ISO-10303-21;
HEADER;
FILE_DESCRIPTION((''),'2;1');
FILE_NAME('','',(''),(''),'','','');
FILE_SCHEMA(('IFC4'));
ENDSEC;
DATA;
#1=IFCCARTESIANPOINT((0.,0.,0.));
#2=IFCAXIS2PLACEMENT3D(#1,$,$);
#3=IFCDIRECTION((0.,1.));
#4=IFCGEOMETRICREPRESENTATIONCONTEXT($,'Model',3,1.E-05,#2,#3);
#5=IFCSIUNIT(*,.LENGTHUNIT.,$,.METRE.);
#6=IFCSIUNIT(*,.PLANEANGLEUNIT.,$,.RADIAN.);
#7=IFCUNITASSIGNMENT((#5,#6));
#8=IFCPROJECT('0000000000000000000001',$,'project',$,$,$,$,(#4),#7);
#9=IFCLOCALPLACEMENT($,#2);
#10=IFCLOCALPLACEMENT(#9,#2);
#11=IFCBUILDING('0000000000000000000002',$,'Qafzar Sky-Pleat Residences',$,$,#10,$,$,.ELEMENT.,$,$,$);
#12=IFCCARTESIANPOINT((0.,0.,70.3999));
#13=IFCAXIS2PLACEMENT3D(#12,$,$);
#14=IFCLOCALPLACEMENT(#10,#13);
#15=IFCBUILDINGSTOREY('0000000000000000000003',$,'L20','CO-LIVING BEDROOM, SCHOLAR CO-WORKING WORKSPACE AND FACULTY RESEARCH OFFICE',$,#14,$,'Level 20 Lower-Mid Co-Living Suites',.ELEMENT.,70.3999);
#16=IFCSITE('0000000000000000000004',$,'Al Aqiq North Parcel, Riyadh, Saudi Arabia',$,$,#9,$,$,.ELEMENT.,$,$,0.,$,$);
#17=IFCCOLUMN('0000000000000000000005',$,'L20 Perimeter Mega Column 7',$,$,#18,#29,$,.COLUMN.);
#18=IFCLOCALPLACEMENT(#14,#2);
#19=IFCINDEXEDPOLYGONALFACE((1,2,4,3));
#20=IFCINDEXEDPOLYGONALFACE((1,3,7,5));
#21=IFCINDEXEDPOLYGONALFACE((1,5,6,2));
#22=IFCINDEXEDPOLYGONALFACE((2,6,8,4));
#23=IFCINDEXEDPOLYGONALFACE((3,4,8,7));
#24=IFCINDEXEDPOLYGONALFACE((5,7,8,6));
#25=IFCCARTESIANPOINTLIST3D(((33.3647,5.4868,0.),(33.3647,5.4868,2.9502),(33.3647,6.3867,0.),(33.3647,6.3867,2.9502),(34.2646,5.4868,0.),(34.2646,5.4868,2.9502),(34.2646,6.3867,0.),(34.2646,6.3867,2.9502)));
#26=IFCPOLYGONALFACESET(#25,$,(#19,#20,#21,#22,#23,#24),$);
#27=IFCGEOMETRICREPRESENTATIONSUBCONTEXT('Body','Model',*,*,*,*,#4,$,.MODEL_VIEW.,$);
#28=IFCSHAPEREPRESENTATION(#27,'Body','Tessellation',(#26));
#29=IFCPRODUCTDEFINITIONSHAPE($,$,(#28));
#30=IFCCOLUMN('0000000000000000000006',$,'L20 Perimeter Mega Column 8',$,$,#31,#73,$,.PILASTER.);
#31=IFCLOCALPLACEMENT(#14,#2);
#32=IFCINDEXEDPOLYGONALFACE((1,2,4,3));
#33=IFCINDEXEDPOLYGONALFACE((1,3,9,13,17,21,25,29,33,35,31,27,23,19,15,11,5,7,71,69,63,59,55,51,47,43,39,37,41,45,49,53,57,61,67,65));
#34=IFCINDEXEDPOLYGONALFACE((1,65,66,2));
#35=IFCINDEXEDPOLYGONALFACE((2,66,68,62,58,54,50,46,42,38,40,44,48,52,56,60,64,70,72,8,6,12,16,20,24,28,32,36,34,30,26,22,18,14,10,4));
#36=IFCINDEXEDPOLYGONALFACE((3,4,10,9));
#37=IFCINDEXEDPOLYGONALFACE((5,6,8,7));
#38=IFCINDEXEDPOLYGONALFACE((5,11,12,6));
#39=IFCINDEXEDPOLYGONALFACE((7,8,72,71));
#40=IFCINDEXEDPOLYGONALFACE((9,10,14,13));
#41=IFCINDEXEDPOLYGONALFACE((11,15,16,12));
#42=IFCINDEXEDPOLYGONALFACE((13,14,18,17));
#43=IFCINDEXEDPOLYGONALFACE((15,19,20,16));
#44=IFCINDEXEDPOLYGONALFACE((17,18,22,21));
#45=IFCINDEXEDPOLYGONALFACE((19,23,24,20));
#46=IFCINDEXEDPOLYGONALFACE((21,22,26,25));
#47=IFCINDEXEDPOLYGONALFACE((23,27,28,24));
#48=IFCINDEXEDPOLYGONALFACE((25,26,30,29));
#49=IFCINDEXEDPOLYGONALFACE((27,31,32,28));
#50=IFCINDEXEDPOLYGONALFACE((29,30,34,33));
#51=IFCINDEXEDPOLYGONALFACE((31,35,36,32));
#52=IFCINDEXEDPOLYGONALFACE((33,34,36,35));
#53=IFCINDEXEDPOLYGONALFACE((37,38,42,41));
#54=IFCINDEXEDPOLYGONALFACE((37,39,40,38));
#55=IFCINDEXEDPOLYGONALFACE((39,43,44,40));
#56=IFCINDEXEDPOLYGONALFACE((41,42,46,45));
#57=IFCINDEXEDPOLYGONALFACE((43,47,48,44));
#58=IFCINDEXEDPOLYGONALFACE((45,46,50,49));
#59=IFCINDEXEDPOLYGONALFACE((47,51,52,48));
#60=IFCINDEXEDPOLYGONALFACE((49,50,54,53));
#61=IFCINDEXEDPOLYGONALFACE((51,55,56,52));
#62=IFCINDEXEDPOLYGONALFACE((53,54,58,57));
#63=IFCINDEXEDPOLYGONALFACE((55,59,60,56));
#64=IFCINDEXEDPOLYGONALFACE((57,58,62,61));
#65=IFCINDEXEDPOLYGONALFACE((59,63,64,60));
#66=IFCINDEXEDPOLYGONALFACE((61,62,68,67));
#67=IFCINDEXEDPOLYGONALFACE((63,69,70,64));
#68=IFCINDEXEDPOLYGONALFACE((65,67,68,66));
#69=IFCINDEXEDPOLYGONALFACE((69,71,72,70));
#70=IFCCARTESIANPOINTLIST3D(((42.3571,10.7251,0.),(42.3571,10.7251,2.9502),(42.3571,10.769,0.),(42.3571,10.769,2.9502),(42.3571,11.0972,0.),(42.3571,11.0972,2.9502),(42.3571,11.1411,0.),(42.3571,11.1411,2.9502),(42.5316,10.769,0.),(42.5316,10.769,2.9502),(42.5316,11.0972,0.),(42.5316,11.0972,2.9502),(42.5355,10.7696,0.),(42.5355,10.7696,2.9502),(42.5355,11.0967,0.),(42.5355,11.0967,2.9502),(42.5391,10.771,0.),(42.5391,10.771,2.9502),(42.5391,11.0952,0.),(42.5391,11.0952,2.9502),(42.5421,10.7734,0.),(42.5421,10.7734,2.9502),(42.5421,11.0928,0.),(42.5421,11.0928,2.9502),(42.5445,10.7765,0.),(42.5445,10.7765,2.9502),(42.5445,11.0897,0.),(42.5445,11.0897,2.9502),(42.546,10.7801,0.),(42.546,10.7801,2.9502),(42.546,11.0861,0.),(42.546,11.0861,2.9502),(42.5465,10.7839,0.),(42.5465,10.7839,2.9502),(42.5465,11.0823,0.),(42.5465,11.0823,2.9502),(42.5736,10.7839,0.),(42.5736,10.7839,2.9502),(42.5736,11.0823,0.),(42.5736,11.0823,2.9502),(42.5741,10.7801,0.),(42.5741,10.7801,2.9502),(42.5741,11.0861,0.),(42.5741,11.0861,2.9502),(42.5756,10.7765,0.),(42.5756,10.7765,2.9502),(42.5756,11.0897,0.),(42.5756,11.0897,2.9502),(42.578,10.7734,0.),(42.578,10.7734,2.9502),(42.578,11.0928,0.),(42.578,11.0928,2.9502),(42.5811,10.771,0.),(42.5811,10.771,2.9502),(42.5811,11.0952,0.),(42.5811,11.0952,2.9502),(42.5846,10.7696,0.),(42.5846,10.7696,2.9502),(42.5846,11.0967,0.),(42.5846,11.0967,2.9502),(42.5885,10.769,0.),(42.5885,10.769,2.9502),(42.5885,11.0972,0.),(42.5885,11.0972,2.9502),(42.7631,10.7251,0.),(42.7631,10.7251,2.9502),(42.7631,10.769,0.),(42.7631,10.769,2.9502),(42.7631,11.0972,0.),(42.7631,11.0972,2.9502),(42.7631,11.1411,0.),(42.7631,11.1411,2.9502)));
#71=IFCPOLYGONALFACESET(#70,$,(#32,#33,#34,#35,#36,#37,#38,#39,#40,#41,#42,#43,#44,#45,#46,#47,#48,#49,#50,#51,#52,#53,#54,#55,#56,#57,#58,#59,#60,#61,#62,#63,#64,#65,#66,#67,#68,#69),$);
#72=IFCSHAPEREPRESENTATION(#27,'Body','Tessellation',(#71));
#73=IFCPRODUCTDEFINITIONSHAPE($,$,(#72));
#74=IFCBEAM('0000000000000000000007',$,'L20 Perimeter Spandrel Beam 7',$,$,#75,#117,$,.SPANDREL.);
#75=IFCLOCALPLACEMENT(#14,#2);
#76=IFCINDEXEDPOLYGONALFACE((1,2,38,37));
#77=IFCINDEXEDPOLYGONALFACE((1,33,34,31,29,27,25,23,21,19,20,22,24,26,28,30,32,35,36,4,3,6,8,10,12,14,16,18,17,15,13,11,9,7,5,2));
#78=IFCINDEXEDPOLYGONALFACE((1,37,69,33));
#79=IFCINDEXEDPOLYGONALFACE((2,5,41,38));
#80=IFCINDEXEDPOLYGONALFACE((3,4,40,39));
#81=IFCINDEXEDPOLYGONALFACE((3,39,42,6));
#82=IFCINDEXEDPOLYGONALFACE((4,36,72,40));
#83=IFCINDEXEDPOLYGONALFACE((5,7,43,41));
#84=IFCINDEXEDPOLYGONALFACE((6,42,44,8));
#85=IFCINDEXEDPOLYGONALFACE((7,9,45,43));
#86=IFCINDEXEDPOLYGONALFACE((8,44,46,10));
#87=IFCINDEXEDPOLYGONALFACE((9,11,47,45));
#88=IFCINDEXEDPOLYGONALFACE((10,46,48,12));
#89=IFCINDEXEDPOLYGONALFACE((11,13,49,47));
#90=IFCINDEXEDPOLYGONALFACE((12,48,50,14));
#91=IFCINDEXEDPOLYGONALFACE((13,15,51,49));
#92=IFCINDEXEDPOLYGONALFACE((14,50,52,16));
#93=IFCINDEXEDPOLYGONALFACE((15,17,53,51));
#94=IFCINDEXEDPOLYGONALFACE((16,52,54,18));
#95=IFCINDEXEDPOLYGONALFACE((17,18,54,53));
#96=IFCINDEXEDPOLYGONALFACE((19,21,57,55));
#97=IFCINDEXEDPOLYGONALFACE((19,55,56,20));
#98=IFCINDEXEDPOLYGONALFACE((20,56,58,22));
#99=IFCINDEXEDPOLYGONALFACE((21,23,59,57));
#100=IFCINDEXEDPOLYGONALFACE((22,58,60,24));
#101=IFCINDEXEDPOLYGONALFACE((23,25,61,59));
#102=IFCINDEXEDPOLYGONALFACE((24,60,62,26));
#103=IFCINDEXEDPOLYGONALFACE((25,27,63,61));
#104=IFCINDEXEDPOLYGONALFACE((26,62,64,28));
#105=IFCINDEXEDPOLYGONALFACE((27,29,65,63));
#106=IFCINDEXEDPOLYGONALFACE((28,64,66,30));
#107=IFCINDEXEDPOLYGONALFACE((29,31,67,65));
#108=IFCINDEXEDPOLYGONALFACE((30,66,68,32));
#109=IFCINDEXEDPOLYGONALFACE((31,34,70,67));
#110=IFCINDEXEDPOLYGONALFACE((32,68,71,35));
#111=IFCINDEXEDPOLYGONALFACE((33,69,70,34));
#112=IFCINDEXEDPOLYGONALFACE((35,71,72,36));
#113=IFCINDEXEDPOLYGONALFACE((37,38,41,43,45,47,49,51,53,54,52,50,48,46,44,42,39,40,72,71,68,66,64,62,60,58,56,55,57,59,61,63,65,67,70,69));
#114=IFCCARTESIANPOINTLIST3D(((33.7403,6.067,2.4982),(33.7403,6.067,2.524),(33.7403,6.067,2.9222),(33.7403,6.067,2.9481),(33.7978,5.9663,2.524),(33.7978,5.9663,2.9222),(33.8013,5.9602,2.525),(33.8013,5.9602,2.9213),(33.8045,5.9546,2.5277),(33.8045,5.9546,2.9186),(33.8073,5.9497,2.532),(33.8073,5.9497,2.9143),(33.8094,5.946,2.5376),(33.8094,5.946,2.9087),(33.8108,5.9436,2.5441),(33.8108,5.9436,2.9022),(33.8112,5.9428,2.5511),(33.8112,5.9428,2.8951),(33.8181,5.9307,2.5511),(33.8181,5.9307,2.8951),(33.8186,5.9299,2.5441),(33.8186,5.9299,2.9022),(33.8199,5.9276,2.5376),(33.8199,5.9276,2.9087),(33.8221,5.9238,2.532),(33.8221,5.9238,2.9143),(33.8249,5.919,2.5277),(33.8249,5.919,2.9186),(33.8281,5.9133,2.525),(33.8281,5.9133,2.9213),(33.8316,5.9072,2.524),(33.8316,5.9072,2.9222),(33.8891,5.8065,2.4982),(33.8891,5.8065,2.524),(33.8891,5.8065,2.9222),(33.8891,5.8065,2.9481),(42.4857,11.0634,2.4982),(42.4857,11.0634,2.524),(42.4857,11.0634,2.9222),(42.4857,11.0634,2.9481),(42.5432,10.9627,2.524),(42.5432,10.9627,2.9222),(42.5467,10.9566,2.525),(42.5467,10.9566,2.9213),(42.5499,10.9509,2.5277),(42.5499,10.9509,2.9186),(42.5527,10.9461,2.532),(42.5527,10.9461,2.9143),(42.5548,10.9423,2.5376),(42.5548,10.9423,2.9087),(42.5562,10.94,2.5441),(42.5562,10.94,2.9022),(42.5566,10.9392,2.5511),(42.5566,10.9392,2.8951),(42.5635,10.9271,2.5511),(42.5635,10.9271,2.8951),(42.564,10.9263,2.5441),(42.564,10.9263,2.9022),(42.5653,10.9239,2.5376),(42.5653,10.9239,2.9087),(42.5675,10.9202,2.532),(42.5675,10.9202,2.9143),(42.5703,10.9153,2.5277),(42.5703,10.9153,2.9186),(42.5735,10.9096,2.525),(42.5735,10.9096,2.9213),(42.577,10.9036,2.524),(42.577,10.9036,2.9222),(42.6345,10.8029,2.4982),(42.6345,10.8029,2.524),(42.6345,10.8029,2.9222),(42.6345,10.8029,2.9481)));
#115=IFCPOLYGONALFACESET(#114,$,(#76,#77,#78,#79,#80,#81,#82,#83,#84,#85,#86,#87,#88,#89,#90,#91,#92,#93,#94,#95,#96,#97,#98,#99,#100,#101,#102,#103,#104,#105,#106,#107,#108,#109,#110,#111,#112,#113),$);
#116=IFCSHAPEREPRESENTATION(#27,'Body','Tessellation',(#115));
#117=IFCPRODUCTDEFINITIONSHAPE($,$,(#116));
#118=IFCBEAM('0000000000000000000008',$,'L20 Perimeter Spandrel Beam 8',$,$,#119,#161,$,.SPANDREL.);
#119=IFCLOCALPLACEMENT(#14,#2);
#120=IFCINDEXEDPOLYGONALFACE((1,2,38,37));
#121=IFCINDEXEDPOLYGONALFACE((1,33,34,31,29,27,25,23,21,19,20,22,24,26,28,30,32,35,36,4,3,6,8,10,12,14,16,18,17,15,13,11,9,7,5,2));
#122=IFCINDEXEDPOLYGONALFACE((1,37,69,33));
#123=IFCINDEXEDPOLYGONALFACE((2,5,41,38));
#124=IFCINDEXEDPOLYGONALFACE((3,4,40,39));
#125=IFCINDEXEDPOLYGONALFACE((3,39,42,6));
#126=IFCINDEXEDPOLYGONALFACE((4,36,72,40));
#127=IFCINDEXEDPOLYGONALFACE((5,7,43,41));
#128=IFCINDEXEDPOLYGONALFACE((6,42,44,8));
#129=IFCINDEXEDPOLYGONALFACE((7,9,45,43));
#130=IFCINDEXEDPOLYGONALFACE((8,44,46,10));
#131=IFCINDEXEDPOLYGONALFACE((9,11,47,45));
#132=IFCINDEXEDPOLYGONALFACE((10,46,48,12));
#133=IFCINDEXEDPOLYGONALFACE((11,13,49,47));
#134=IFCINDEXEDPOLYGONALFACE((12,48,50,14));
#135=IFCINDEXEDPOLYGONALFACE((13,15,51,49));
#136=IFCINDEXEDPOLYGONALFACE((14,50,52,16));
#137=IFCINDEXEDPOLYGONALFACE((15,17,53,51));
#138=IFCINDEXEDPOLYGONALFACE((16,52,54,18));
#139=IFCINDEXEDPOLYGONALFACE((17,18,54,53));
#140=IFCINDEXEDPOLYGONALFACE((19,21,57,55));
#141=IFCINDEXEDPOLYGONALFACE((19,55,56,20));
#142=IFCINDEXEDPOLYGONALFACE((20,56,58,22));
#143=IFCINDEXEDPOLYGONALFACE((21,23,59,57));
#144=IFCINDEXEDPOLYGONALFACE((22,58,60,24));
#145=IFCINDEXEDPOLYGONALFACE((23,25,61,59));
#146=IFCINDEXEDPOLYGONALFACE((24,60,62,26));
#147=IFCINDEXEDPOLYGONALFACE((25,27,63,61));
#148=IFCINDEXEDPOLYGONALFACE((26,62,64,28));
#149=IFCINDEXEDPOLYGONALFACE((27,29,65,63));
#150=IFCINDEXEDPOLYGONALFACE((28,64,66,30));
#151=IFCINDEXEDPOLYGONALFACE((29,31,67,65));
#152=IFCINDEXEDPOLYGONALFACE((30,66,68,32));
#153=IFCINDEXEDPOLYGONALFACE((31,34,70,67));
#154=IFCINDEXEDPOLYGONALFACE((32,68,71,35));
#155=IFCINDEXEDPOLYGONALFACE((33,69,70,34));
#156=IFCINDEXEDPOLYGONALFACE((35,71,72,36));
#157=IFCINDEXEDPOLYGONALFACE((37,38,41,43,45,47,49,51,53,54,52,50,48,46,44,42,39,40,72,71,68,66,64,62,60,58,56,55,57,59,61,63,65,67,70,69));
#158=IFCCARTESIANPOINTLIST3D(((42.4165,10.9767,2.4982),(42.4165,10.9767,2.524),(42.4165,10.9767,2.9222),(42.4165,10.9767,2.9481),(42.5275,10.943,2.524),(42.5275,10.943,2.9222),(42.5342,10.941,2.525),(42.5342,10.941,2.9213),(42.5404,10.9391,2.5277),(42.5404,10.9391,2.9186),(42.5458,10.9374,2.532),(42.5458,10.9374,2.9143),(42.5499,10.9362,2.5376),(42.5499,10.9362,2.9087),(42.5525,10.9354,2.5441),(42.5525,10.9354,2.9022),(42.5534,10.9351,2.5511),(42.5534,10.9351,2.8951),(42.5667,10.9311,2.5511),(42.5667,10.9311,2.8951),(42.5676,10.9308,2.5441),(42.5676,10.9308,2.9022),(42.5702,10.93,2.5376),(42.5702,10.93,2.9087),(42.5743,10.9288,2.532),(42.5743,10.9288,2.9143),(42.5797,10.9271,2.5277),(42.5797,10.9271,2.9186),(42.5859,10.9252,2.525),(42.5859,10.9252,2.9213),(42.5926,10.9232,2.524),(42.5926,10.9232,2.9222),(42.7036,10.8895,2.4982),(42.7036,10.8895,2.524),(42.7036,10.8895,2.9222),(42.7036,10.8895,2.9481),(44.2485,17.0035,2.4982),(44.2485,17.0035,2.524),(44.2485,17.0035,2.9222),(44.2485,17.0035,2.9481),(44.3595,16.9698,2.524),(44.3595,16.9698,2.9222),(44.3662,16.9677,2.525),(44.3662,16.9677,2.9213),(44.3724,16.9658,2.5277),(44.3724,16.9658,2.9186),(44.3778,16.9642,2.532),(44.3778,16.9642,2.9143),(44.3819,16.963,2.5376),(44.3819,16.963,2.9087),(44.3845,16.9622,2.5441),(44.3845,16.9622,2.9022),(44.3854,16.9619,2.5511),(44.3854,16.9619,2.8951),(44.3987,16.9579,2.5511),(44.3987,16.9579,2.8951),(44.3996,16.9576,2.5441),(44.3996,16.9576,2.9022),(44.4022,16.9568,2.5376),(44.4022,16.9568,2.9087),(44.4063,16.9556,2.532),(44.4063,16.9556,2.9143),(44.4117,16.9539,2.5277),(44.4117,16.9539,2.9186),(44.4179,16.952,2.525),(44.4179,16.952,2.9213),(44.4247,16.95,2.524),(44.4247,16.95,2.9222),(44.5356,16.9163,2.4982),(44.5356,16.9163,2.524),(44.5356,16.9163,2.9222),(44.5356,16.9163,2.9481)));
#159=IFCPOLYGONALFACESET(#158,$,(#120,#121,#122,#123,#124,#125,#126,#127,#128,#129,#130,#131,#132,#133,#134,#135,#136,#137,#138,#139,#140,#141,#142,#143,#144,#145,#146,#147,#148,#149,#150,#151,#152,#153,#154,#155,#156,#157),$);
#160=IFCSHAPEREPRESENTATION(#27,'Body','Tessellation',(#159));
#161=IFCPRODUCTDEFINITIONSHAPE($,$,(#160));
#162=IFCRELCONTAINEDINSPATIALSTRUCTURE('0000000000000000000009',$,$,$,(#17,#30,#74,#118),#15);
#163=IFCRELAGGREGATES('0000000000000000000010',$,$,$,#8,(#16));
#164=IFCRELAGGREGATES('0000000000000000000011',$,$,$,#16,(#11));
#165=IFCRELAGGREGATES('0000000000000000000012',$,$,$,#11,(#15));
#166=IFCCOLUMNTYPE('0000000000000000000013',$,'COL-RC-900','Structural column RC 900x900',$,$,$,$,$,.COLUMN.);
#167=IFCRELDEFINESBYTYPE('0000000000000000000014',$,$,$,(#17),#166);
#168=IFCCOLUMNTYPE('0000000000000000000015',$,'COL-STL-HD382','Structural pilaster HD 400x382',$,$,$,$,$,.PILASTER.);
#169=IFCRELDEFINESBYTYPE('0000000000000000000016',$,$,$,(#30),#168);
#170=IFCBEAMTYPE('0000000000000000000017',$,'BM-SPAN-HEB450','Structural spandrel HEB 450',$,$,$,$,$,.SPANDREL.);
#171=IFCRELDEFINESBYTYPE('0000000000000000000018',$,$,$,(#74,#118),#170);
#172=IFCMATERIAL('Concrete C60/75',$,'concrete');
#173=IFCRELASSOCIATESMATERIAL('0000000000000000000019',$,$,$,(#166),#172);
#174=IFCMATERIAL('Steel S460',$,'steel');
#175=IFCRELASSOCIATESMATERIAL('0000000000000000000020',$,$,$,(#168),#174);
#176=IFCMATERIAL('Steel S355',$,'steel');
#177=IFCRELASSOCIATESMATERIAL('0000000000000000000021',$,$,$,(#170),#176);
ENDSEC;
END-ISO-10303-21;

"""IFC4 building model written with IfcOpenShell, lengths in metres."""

from ifc_helpers import new_model, si_unit, direction, frame, origin, origin_2d, place, context, subcontext, project, spatial, rectangle, i_section, extrude, source, transform, mapped, material, material_profile, profile_set, type_object, element, save


model = new_model("IFC4")

# Units and contexts
model_context = context("Model", 3, precision=1e-05, world=origin(), true_north=direction((0.0, 1.0)))
body_context = subcontext(model_context, "Body", "Model", "MODEL_VIEW")
ifc_project = project(units=[si_unit("LENGTHUNIT", "METRE"), si_unit("PLANEANGLEUNIT", "RADIAN")], contexts=[model_context])

# Site, building, storey
site_placement = place(None, origin())
site = spatial("IfcSite", under=ifc_project, at=site_placement, Name="Al Aqiq North Parcel, Riyadh, Saudi Arabia", CompositionType="ELEMENT", RefElevation=0.0)
building_placement = place(site_placement, origin())
building = spatial("IfcBuilding", under=site, at=building_placement, Name="Qafzar Sky-Pleat Residences", CompositionType="ELEMENT")
storey_placement = place(building_placement, frame((0.0, 0.0, 70.3999)))
storey = spatial("IfcBuildingStorey", under=building, at=storey_placement, Name="L20", Description="CO-LIVING BEDROOM, SCHOLAR CO-WORKING WORKSPACE AND FACULTY RESEARCH OFFICE", LongName="Level 20 Lower-Mid Co-Living Suites", CompositionType="ELEMENT", Elevation=70.3999)

# Columns
ifc_material_1 = material(Name="Concrete C60/75", Category="concrete")
ifc_material_profile_1 = material_profile(ifc_material_1, rectangle(XDim=0.8999, YDim=0.8999, at=origin_2d()), Name="RC 900x900")
ifc_profile_set_1 = profile_set([ifc_material_profile_1], Name="Concrete C60/75")
column_type_1 = type_object("IfcColumnType", Name="COL-RC-900", Description="Structural column RC 900x900", PredefinedType="COLUMN", material=ifc_profile_set_1)
shared_shape_1 = source(origin(), body_context, "Body", "SweptSolid", [
    extrude(rectangle(XDim=0.8999, YDim=0.8999, at=origin_2d()), origin(), (0.0, 0.0, 1.0), 2.9502),
])
column_1_placement = place(storey_placement, frame((33.8147, 5.9368, 0.0), z_axis=(0.0, 0.0, 1.0), x_axis=(1.0, 0.0, 0.0)))
element("IfcColumn", 1, at=column_1_placement, inside=storey, type_object=column_type_1, Name="L20 Perimeter Mega Column 7", PredefinedType="COLUMN", context=body_context, shape_type="MappedRepresentation", body=[
    mapped(shared_shape_1, transform((0.0, 0.0, 0.0), x_axis=(1.0, 0.0, 0.0), y_axis=(0.0, 1.0, 0.0), z_axis=(0.0, 0.0, 1.0), scale=1.0)),
])
ifc_material_2 = material(Name="Steel S460", Category="steel")
ifc_material_profile_2 = material_profile(ifc_material_2, i_section(OverallWidth=0.406, OverallDepth=0.416, WebThickness=0.0271, FlangeThickness=0.0439, FilletRadius=0.0149, at=origin_2d()), Name="HD 400x382")
ifc_profile_set_2 = profile_set([ifc_material_profile_2], Name="Steel S460")
column_type_2 = type_object("IfcColumnType", Name="COL-STL-HD382", Description="Structural pilaster HD 400x382", PredefinedType="PILASTER", material=ifc_profile_set_2)
shared_shape_2 = source(origin(), body_context, "Body", "SweptSolid", [
    extrude(i_section(OverallWidth=0.406, OverallDepth=0.416, WebThickness=0.0271, FlangeThickness=0.0439, FilletRadius=0.0149, at=origin_2d()), origin(), (0.0, 0.0, 1.0), 2.9502),
])
column_2_placement = place(storey_placement, frame((42.5601, 10.9331, 0.0), z_axis=(0.0, 0.0, 1.0), x_axis=(1.0, 0.0, 0.0)))
element("IfcColumn", 2, at=column_2_placement, inside=storey, type_object=column_type_2, Name="L20 Perimeter Mega Column 8", PredefinedType="PILASTER", context=body_context, shape_type="MappedRepresentation", body=[
    mapped(shared_shape_2, transform((0.0, 0.0, 0.0), x_axis=(1.0, 0.0, 0.0), y_axis=(0.0, 1.0, 0.0), z_axis=(0.0, 0.0, 1.0), scale=1.0)),
])

# Beams
ifc_material_3 = material(Name="Steel S355", Category="steel")
ifc_material_profile_3 = material_profile(ifc_material_3, i_section(OverallWidth=0.3, OverallDepth=0.45, WebThickness=0.0139, FlangeThickness=0.0259, FilletRadius=0.0271, at=origin_2d()), Name="HEB 450")
ifc_profile_set_3 = profile_set([ifc_material_profile_3], Name="Steel S355")
beam_type_1 = type_object("IfcBeamType", Name="BM-SPAN-HEB450", Description="Structural spandrel HEB 450", PredefinedType="SPANDREL", material=ifc_profile_set_3)
shared_shape_3 = source(origin(), body_context, "Body", "SweptSolid", [
    extrude(i_section(OverallWidth=0.3, OverallDepth=0.45, WebThickness=0.0139, FlangeThickness=0.0259, FilletRadius=0.0271, at=origin_2d()), origin(), (0.0, 0.0, 1.0), 10.072),
])
beam_1_placement = place(storey_placement, frame((33.8147, 5.9368, 2.7231), z_axis=(0.868286, 0.496063, 0.0), x_axis=(-0.496063, 0.868286, 0.0)))
element("IfcBeam", 3, at=beam_1_placement, inside=storey, type_object=beam_type_1, Name="L20 Perimeter Spandrel Beam 7", PredefinedType="SPANDREL", context=body_context, shape_type="MappedRepresentation", body=[
    mapped(shared_shape_3, transform((0.0, 0.0, 0.0), x_axis=(1.0, 0.0, 0.0), y_axis=(0.0, 1.0, 0.0), z_axis=(0.0, 0.0, 1.0), scale=1.0)),
])
shared_shape_4 = source(origin(), body_context, "Body", "SweptSolid", [
    extrude(i_section(OverallWidth=0.3, OverallDepth=0.45, WebThickness=0.0139, FlangeThickness=0.0259, FilletRadius=0.0271, at=origin_2d()), origin(), (0.0, 0.0, 1.0), 6.2991),
])
beam_2_placement = place(storey_placement, frame((42.5601, 10.9331, 2.7231), z_axis=(0.290838, 0.956772, 0.0), x_axis=(-0.956772, 0.290838, 0.0)))
element("IfcBeam", 4, at=beam_2_placement, inside=storey, type_object=beam_type_1, Name="L20 Perimeter Spandrel Beam 8", PredefinedType="SPANDREL", context=body_context, shape_type="MappedRepresentation", body=[
    mapped(shared_shape_4, transform((0.0, 0.0, 0.0), x_axis=(1.0, 0.0, 0.0), y_axis=(0.0, 1.0, 0.0), z_axis=(0.0, 0.0, 1.0), scale=1.0)),
])

save(model, "model.ifc")
